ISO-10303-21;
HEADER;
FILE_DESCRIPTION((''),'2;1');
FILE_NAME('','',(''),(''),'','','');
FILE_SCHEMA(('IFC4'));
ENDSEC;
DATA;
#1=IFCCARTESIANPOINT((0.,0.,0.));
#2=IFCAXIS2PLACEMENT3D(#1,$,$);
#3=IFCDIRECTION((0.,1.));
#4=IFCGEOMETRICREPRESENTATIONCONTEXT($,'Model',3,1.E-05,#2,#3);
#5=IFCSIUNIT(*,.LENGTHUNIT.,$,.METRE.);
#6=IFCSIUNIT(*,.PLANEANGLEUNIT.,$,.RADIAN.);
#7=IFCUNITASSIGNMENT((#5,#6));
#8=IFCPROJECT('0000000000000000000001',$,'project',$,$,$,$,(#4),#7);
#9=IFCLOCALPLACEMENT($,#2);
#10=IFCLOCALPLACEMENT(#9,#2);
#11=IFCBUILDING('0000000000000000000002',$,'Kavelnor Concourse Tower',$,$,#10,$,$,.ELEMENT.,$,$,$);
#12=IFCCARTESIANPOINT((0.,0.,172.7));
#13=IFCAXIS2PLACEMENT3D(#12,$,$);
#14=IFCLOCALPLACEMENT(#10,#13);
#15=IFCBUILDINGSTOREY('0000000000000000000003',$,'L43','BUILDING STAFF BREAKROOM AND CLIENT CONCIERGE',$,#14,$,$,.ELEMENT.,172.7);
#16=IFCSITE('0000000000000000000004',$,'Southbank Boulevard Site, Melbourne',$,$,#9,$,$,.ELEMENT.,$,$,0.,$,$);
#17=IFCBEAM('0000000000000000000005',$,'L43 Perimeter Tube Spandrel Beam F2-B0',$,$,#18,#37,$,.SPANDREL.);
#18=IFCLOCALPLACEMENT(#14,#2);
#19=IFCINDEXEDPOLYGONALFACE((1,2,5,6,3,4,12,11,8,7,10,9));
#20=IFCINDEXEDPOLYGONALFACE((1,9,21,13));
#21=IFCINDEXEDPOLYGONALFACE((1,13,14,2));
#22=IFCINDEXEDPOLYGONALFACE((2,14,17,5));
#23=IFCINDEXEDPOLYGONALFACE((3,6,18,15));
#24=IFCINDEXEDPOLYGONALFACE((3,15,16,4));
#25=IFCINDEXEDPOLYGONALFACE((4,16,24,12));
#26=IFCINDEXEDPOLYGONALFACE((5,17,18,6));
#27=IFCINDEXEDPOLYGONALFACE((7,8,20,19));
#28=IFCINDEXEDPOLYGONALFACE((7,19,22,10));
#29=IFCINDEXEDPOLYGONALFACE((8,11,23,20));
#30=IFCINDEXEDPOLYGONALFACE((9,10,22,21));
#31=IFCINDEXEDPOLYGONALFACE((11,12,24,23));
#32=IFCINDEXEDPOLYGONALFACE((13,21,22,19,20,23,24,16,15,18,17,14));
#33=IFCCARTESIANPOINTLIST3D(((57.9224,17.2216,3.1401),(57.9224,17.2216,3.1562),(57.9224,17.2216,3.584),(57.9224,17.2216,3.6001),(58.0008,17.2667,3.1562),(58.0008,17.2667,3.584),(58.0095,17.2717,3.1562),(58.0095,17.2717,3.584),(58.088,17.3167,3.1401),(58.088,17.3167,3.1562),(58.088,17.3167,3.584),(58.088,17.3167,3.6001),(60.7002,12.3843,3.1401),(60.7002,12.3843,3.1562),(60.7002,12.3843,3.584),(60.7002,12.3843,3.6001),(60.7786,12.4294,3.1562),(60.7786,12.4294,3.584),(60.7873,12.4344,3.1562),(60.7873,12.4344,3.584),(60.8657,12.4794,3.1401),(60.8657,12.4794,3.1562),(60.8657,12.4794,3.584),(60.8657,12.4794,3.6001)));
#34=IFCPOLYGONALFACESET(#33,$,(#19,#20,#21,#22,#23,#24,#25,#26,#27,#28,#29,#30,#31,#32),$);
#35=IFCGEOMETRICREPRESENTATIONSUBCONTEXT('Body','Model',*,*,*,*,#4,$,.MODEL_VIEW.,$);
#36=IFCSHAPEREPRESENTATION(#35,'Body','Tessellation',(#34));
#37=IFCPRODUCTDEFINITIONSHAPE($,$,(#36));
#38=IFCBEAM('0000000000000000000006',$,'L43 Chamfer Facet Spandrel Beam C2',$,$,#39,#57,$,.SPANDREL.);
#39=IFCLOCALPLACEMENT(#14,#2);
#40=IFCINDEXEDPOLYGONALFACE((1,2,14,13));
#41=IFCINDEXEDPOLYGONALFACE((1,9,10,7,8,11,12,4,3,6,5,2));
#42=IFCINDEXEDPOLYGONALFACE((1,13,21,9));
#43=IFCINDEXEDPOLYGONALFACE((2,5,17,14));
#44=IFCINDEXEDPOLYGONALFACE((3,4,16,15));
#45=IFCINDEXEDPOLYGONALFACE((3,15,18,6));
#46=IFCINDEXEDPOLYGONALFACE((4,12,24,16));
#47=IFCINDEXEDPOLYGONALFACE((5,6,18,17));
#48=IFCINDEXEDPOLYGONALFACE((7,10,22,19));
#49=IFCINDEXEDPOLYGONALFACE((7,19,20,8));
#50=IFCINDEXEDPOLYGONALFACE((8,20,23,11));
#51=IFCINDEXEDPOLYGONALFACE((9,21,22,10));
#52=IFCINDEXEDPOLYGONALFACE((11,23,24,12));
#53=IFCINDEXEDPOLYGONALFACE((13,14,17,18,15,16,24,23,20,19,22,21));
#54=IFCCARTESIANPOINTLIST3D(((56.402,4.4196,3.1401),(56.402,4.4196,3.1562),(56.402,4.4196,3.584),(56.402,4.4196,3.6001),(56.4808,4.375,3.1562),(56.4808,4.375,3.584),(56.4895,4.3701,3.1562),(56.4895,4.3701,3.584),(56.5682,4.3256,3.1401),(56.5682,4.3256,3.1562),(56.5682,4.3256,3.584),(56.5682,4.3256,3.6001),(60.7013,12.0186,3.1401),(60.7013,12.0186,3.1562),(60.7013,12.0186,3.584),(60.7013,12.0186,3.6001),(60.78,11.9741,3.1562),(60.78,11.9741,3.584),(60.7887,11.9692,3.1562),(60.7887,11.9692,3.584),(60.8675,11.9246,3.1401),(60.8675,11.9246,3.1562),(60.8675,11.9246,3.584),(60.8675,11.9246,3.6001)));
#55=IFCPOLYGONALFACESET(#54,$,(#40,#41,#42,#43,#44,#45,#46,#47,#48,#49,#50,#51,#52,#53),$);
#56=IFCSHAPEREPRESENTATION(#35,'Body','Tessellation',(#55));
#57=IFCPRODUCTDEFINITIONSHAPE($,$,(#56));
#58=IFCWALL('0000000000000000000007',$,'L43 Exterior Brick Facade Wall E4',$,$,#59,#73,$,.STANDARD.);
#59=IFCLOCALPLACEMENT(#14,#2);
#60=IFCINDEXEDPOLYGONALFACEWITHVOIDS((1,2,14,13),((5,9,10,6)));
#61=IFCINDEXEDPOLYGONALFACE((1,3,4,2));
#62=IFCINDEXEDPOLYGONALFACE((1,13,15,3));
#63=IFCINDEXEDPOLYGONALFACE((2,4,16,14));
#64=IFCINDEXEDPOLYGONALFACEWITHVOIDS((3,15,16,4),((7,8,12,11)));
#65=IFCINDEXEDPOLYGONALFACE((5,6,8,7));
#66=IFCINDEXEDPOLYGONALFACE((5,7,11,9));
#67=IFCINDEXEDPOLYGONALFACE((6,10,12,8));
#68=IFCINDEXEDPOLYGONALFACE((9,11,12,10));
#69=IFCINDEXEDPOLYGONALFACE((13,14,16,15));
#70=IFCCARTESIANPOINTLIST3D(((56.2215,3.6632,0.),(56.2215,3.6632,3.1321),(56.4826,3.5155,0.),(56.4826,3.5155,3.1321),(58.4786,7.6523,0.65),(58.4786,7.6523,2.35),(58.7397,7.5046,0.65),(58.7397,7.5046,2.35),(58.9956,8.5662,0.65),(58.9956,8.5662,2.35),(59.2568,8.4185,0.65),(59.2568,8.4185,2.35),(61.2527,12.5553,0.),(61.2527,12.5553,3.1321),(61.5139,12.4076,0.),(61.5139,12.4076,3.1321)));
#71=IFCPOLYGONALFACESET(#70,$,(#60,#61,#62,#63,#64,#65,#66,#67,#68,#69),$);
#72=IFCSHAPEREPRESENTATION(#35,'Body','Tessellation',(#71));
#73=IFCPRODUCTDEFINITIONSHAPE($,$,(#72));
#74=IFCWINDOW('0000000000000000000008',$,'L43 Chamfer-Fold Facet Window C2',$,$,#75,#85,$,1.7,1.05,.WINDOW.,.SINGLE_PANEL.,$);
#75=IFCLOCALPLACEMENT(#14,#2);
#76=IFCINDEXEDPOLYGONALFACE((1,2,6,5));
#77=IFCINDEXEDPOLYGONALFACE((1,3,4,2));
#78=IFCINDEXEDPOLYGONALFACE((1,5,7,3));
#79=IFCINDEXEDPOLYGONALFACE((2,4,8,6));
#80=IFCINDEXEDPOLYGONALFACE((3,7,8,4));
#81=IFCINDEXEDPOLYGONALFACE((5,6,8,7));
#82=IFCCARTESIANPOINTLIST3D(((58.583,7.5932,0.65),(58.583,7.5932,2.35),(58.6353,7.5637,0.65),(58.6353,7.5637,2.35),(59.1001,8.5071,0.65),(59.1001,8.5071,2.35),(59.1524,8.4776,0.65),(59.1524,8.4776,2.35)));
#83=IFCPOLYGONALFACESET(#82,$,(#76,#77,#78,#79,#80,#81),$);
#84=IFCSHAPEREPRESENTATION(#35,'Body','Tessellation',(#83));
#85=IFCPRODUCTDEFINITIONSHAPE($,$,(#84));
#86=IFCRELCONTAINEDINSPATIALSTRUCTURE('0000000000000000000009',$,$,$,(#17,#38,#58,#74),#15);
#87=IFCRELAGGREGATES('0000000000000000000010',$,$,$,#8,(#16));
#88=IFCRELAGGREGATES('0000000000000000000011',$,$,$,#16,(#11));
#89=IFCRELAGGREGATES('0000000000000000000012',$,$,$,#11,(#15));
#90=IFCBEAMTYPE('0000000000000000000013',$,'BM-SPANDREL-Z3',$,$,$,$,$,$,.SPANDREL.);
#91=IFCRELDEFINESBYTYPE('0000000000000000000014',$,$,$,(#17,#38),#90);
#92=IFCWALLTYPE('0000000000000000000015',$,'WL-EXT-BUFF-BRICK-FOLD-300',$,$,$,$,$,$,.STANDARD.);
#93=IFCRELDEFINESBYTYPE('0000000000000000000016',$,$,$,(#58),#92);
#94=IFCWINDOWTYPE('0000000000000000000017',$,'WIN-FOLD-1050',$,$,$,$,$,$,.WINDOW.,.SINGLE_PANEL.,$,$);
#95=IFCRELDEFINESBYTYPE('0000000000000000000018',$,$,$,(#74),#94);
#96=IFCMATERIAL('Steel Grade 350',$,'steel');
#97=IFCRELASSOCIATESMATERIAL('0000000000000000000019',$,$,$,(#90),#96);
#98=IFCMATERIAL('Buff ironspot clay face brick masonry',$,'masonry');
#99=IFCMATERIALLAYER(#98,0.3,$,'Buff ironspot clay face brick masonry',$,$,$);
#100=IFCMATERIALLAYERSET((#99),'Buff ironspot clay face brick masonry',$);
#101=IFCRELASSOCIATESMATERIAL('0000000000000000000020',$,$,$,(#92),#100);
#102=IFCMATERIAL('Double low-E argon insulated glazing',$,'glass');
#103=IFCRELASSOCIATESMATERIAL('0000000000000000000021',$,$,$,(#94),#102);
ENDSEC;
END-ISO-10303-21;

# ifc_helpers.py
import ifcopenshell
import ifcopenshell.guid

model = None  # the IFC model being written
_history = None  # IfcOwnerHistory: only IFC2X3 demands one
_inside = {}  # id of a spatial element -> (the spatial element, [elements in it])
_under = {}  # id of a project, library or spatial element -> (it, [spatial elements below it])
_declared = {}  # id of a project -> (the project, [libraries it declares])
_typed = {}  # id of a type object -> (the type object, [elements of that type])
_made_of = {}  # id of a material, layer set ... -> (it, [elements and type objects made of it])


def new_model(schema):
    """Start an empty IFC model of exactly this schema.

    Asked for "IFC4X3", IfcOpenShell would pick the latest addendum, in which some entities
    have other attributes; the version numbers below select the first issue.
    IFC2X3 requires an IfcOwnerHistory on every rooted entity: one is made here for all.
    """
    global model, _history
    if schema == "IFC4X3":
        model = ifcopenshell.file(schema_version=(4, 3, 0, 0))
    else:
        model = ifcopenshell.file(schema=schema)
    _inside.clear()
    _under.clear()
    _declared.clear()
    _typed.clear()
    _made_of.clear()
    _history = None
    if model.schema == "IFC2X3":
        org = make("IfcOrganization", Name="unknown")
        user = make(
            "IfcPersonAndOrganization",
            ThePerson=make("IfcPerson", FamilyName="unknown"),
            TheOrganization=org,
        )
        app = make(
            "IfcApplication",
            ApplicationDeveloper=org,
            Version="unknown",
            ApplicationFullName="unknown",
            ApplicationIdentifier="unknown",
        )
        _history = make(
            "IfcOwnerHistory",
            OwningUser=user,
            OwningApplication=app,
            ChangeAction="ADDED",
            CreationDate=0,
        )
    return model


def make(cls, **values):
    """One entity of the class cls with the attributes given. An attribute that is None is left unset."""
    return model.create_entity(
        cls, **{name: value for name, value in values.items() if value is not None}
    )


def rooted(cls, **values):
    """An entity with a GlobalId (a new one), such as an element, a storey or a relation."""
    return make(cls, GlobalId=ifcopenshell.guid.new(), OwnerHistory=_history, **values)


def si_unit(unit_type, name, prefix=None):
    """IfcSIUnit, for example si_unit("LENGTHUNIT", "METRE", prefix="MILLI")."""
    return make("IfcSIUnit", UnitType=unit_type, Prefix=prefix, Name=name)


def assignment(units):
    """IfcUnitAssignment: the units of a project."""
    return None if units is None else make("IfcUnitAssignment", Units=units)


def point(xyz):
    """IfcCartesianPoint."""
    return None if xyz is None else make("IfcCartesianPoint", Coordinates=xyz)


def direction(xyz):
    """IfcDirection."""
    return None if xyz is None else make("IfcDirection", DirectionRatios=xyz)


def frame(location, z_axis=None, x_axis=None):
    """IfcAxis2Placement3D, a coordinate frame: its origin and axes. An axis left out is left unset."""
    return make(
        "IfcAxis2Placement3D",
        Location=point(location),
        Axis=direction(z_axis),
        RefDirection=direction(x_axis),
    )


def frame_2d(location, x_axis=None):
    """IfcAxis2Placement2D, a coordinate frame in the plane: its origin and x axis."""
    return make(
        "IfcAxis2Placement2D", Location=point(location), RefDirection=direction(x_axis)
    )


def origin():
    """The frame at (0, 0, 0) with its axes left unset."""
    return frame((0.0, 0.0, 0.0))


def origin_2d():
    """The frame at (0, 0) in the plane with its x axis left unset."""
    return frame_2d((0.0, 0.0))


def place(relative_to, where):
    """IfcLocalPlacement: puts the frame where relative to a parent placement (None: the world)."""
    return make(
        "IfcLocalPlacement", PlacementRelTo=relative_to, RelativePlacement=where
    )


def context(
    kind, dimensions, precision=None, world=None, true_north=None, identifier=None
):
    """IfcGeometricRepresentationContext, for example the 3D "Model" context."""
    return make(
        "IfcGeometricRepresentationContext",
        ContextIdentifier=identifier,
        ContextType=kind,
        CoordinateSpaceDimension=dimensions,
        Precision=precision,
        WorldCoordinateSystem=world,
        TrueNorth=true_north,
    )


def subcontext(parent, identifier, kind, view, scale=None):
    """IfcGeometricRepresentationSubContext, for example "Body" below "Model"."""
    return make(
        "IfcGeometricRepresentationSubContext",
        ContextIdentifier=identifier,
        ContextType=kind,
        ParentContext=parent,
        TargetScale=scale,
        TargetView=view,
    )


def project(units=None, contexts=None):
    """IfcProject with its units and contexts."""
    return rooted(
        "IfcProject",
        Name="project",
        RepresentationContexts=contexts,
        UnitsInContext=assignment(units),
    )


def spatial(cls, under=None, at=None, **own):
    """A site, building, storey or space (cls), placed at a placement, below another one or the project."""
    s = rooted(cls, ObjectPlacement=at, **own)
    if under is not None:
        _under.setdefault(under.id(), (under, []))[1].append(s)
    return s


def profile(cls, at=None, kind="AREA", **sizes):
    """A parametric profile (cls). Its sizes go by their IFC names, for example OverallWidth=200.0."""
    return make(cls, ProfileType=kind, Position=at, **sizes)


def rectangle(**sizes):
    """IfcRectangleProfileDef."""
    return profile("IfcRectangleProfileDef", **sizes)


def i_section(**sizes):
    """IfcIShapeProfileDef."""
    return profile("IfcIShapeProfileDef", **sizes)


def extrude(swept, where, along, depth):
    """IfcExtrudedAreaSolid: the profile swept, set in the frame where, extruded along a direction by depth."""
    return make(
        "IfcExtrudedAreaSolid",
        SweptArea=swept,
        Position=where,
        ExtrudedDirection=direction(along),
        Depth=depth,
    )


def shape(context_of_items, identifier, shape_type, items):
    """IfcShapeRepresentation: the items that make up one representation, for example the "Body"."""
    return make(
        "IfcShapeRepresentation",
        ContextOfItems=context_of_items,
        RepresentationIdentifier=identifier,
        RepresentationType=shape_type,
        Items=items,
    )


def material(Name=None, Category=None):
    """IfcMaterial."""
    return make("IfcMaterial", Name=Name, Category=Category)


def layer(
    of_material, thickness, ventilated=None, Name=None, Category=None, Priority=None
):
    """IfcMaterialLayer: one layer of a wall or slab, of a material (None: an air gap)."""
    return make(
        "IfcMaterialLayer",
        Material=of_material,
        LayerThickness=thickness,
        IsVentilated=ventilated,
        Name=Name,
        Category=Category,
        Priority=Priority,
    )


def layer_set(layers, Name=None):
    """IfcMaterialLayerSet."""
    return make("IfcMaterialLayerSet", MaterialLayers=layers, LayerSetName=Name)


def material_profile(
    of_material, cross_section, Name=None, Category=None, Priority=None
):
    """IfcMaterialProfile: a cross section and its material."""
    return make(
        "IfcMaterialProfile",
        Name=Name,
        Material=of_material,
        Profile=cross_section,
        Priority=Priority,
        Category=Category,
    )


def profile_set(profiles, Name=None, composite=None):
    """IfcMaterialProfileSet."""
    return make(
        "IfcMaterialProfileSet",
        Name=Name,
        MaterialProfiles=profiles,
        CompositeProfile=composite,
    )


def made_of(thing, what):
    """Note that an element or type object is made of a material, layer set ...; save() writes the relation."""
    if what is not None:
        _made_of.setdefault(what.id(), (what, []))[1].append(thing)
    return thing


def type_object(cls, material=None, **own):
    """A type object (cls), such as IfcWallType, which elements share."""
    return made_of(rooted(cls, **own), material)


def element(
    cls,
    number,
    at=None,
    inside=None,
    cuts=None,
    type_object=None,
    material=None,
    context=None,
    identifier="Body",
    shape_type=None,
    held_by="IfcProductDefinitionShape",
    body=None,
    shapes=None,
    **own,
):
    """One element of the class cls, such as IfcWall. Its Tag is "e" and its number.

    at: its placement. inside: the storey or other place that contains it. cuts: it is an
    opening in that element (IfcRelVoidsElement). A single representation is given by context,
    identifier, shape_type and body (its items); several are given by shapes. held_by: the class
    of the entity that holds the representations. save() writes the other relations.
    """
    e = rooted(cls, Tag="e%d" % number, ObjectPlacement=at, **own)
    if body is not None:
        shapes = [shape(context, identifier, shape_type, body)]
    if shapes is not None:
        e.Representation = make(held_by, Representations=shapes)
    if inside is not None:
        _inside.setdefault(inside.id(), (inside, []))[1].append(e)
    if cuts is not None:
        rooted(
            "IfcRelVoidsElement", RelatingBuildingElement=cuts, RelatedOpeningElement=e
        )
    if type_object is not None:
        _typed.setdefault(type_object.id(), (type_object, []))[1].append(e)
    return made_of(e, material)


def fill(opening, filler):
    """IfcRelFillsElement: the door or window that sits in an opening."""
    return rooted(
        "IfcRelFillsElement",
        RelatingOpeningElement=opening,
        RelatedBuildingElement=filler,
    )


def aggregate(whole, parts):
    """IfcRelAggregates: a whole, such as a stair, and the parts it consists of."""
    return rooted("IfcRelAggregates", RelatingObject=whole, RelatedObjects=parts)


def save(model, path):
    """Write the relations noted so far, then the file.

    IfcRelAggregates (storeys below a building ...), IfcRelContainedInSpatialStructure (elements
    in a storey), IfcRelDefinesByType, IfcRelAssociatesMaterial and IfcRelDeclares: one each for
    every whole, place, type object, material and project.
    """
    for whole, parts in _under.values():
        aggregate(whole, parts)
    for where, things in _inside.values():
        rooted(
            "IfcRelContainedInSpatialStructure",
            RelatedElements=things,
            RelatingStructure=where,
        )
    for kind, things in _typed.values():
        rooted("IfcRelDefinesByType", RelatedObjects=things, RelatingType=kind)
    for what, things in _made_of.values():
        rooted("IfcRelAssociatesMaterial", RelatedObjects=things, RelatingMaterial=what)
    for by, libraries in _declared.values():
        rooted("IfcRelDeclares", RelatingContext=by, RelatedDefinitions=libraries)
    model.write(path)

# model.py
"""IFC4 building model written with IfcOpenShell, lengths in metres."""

from ifc_helpers import new_model, si_unit, direction, frame, frame_2d, origin, origin_2d, place, context, subcontext, project, spatial, rectangle, i_section, extrude, material, layer, layer_set, material_profile, profile_set, type_object, element, fill, save


model = new_model("IFC4")

# Units and contexts
model_context = context("Model", 3, precision=1e-05, world=origin(), true_north=direction((0.0, 1.0)))
body_context = subcontext(model_context, "Body", "Model", "MODEL_VIEW")
ifc_project = project(units=[si_unit("LENGTHUNIT", "METRE"), si_unit("PLANEANGLEUNIT", "RADIAN")], contexts=[model_context])

# Site, building, storey
site_placement = place(None, origin())
site = spatial("IfcSite", under=ifc_project, at=site_placement, Name="Southbank Boulevard Site, Melbourne", CompositionType="ELEMENT", RefElevation=0.0)
building_placement = place(site_placement, origin())
building = spatial("IfcBuilding", under=site, at=building_placement, Name="Kavelnor Concourse Tower", CompositionType="ELEMENT")
storey_placement = place(building_placement, frame((0.0, 0.0, 172.7)))
storey = spatial("IfcBuildingStorey", under=building, at=storey_placement, Name="L43", Description="BUILDING STAFF BREAKROOM AND CLIENT CONCIERGE", CompositionType="ELEMENT", Elevation=172.7)

# Shared definitions
ifc_material_1 = material(Name="Steel Grade 350", Category="steel")

# Beams
ifc_material_profile_1 = material_profile(ifc_material_1, i_section(OverallWidth=0.1909, OverallDepth=0.46, WebThickness=0.01, FlangeThickness=0.0161, at=origin_2d()), Name="460UB82")
ifc_profile_set_1 = profile_set([ifc_material_profile_1], Name="Steel Grade 350")
beam_type_1 = type_object("IfcBeamType", Name="BM-SPANDREL-Z3", PredefinedType="SPANDREL", material=ifc_profile_set_1)
beam_1_placement = place(storey_placement, frame((60.783, 12.4319, 3.3701), z_axis=(-0.497976, 0.867191, 0.0), x_axis=(-0.867191, -0.497976, 0.0)))
element("IfcBeam", 1, at=beam_1_placement, inside=storey, type_object=beam_type_1, Name="L43 Perimeter Tube Spandrel Beam F2-B0", PredefinedType="SPANDREL", context=body_context, shape_type="SweptSolid", body=[
    extrude(i_section(OverallWidth=0.1909, OverallDepth=0.46, WebThickness=0.01, FlangeThickness=0.0161, at=origin_2d()), origin(), (0.0, 0.0, 1.0), 5.5781),
])
beam_2_placement = place(storey_placement, frame((56.4851, 4.3726, 3.3701), z_axis=(0.492418, 0.870359, 0.0), x_axis=(-0.870359, 0.492418, 0.0)))
element("IfcBeam", 2, at=beam_2_placement, inside=storey, type_object=beam_type_1, Name="L43 Chamfer Facet Spandrel Beam C2", PredefinedType="SPANDREL", context=body_context, shape_type="SweptSolid", body=[
    extrude(i_section(OverallWidth=0.1909, OverallDepth=0.46, WebThickness=0.01, FlangeThickness=0.0161, at=origin_2d()), origin(), (0.0, 0.0, 1.0), 8.731),
])

# Wall, opening, window
ifc_material_2 = material(Name="Buff ironspot clay face brick masonry", Category="masonry")
ifc_layer_1 = layer(ifc_material_2, 0.3, Name="Buff ironspot clay face brick masonry")
ifc_layer_set_1 = layer_set([ifc_layer_1], Name="Buff ironspot clay face brick masonry")
wall_type_1 = type_object("IfcWallType", Name="WL-EXT-BUFF-BRICK-FOLD-300", PredefinedType="STANDARD", material=ifc_layer_set_1)
wall_1_placement = place(storey_placement, frame((61.3833, 12.4814, 0.0), z_axis=(0.0, 0.0, 1.0), x_axis=(-0.492449, -0.870341, 0.0)))
wall_1 = element("IfcWall", 3, at=wall_1_placement, inside=storey, type_object=wall_type_1, Name="L43 Exterior Brick Facade Wall E4", PredefinedType="STANDARD", context=body_context, shape_type="SweptSolid", body=[
    extrude(rectangle(XDim=10.2168, YDim=0.3, at=frame_2d((5.1084, 0.0))), origin(), (0.0, 0.0, 1.0), 3.1321),
])
opening_1_placement = place(wall_1_placement, frame((4.5835, 0.0, 0.6499)))
opening_1 = element("IfcOpeningElement", 4, at=opening_1_placement, cuts=wall_1, PredefinedType="OPENING", context=body_context, shape_type="SweptSolid", body=[
    extrude(rectangle(XDim=1.05, YDim=1.7, at=frame_2d((0.5249, 0.8501))), frame((0.0, 0.1602, 0.0), z_axis=(0.0, -1.0, 0.0), x_axis=(1.0, 0.0, 0.0)), (0.0, 0.0, 1.0), 0.3201),
])
ifc_material_3 = material(Name="Double low-E argon insulated glazing", Category="glass")
window_type_1 = type_object("IfcWindowType", Name="WIN-FOLD-1050", PartitioningType="SINGLE_PANEL", PredefinedType="WINDOW", material=ifc_material_3)
window_1_placement = place(opening_1_placement, origin())
window_1 = element("IfcWindow", 5, at=window_1_placement, inside=storey, type_object=window_type_1, Name="L43 Chamfer-Fold Facet Window C2", OverallHeight=1.7, OverallWidth=1.05, PartitioningType="SINGLE_PANEL", PredefinedType="WINDOW", context=body_context, shape_type="SweptSolid", body=[
    extrude(rectangle(XDim=1.05, YDim=1.7, at=frame_2d((0.5249, 0.8501))), frame((0.0, 0.03, 0.0), z_axis=(0.0, -1.0, 0.0), x_axis=(1.0, 0.0, 0.0)), (0.0, 0.0, 1.0), 0.0601),
])
fill(opening_1, window_1)

save(model, "model.ifc")
